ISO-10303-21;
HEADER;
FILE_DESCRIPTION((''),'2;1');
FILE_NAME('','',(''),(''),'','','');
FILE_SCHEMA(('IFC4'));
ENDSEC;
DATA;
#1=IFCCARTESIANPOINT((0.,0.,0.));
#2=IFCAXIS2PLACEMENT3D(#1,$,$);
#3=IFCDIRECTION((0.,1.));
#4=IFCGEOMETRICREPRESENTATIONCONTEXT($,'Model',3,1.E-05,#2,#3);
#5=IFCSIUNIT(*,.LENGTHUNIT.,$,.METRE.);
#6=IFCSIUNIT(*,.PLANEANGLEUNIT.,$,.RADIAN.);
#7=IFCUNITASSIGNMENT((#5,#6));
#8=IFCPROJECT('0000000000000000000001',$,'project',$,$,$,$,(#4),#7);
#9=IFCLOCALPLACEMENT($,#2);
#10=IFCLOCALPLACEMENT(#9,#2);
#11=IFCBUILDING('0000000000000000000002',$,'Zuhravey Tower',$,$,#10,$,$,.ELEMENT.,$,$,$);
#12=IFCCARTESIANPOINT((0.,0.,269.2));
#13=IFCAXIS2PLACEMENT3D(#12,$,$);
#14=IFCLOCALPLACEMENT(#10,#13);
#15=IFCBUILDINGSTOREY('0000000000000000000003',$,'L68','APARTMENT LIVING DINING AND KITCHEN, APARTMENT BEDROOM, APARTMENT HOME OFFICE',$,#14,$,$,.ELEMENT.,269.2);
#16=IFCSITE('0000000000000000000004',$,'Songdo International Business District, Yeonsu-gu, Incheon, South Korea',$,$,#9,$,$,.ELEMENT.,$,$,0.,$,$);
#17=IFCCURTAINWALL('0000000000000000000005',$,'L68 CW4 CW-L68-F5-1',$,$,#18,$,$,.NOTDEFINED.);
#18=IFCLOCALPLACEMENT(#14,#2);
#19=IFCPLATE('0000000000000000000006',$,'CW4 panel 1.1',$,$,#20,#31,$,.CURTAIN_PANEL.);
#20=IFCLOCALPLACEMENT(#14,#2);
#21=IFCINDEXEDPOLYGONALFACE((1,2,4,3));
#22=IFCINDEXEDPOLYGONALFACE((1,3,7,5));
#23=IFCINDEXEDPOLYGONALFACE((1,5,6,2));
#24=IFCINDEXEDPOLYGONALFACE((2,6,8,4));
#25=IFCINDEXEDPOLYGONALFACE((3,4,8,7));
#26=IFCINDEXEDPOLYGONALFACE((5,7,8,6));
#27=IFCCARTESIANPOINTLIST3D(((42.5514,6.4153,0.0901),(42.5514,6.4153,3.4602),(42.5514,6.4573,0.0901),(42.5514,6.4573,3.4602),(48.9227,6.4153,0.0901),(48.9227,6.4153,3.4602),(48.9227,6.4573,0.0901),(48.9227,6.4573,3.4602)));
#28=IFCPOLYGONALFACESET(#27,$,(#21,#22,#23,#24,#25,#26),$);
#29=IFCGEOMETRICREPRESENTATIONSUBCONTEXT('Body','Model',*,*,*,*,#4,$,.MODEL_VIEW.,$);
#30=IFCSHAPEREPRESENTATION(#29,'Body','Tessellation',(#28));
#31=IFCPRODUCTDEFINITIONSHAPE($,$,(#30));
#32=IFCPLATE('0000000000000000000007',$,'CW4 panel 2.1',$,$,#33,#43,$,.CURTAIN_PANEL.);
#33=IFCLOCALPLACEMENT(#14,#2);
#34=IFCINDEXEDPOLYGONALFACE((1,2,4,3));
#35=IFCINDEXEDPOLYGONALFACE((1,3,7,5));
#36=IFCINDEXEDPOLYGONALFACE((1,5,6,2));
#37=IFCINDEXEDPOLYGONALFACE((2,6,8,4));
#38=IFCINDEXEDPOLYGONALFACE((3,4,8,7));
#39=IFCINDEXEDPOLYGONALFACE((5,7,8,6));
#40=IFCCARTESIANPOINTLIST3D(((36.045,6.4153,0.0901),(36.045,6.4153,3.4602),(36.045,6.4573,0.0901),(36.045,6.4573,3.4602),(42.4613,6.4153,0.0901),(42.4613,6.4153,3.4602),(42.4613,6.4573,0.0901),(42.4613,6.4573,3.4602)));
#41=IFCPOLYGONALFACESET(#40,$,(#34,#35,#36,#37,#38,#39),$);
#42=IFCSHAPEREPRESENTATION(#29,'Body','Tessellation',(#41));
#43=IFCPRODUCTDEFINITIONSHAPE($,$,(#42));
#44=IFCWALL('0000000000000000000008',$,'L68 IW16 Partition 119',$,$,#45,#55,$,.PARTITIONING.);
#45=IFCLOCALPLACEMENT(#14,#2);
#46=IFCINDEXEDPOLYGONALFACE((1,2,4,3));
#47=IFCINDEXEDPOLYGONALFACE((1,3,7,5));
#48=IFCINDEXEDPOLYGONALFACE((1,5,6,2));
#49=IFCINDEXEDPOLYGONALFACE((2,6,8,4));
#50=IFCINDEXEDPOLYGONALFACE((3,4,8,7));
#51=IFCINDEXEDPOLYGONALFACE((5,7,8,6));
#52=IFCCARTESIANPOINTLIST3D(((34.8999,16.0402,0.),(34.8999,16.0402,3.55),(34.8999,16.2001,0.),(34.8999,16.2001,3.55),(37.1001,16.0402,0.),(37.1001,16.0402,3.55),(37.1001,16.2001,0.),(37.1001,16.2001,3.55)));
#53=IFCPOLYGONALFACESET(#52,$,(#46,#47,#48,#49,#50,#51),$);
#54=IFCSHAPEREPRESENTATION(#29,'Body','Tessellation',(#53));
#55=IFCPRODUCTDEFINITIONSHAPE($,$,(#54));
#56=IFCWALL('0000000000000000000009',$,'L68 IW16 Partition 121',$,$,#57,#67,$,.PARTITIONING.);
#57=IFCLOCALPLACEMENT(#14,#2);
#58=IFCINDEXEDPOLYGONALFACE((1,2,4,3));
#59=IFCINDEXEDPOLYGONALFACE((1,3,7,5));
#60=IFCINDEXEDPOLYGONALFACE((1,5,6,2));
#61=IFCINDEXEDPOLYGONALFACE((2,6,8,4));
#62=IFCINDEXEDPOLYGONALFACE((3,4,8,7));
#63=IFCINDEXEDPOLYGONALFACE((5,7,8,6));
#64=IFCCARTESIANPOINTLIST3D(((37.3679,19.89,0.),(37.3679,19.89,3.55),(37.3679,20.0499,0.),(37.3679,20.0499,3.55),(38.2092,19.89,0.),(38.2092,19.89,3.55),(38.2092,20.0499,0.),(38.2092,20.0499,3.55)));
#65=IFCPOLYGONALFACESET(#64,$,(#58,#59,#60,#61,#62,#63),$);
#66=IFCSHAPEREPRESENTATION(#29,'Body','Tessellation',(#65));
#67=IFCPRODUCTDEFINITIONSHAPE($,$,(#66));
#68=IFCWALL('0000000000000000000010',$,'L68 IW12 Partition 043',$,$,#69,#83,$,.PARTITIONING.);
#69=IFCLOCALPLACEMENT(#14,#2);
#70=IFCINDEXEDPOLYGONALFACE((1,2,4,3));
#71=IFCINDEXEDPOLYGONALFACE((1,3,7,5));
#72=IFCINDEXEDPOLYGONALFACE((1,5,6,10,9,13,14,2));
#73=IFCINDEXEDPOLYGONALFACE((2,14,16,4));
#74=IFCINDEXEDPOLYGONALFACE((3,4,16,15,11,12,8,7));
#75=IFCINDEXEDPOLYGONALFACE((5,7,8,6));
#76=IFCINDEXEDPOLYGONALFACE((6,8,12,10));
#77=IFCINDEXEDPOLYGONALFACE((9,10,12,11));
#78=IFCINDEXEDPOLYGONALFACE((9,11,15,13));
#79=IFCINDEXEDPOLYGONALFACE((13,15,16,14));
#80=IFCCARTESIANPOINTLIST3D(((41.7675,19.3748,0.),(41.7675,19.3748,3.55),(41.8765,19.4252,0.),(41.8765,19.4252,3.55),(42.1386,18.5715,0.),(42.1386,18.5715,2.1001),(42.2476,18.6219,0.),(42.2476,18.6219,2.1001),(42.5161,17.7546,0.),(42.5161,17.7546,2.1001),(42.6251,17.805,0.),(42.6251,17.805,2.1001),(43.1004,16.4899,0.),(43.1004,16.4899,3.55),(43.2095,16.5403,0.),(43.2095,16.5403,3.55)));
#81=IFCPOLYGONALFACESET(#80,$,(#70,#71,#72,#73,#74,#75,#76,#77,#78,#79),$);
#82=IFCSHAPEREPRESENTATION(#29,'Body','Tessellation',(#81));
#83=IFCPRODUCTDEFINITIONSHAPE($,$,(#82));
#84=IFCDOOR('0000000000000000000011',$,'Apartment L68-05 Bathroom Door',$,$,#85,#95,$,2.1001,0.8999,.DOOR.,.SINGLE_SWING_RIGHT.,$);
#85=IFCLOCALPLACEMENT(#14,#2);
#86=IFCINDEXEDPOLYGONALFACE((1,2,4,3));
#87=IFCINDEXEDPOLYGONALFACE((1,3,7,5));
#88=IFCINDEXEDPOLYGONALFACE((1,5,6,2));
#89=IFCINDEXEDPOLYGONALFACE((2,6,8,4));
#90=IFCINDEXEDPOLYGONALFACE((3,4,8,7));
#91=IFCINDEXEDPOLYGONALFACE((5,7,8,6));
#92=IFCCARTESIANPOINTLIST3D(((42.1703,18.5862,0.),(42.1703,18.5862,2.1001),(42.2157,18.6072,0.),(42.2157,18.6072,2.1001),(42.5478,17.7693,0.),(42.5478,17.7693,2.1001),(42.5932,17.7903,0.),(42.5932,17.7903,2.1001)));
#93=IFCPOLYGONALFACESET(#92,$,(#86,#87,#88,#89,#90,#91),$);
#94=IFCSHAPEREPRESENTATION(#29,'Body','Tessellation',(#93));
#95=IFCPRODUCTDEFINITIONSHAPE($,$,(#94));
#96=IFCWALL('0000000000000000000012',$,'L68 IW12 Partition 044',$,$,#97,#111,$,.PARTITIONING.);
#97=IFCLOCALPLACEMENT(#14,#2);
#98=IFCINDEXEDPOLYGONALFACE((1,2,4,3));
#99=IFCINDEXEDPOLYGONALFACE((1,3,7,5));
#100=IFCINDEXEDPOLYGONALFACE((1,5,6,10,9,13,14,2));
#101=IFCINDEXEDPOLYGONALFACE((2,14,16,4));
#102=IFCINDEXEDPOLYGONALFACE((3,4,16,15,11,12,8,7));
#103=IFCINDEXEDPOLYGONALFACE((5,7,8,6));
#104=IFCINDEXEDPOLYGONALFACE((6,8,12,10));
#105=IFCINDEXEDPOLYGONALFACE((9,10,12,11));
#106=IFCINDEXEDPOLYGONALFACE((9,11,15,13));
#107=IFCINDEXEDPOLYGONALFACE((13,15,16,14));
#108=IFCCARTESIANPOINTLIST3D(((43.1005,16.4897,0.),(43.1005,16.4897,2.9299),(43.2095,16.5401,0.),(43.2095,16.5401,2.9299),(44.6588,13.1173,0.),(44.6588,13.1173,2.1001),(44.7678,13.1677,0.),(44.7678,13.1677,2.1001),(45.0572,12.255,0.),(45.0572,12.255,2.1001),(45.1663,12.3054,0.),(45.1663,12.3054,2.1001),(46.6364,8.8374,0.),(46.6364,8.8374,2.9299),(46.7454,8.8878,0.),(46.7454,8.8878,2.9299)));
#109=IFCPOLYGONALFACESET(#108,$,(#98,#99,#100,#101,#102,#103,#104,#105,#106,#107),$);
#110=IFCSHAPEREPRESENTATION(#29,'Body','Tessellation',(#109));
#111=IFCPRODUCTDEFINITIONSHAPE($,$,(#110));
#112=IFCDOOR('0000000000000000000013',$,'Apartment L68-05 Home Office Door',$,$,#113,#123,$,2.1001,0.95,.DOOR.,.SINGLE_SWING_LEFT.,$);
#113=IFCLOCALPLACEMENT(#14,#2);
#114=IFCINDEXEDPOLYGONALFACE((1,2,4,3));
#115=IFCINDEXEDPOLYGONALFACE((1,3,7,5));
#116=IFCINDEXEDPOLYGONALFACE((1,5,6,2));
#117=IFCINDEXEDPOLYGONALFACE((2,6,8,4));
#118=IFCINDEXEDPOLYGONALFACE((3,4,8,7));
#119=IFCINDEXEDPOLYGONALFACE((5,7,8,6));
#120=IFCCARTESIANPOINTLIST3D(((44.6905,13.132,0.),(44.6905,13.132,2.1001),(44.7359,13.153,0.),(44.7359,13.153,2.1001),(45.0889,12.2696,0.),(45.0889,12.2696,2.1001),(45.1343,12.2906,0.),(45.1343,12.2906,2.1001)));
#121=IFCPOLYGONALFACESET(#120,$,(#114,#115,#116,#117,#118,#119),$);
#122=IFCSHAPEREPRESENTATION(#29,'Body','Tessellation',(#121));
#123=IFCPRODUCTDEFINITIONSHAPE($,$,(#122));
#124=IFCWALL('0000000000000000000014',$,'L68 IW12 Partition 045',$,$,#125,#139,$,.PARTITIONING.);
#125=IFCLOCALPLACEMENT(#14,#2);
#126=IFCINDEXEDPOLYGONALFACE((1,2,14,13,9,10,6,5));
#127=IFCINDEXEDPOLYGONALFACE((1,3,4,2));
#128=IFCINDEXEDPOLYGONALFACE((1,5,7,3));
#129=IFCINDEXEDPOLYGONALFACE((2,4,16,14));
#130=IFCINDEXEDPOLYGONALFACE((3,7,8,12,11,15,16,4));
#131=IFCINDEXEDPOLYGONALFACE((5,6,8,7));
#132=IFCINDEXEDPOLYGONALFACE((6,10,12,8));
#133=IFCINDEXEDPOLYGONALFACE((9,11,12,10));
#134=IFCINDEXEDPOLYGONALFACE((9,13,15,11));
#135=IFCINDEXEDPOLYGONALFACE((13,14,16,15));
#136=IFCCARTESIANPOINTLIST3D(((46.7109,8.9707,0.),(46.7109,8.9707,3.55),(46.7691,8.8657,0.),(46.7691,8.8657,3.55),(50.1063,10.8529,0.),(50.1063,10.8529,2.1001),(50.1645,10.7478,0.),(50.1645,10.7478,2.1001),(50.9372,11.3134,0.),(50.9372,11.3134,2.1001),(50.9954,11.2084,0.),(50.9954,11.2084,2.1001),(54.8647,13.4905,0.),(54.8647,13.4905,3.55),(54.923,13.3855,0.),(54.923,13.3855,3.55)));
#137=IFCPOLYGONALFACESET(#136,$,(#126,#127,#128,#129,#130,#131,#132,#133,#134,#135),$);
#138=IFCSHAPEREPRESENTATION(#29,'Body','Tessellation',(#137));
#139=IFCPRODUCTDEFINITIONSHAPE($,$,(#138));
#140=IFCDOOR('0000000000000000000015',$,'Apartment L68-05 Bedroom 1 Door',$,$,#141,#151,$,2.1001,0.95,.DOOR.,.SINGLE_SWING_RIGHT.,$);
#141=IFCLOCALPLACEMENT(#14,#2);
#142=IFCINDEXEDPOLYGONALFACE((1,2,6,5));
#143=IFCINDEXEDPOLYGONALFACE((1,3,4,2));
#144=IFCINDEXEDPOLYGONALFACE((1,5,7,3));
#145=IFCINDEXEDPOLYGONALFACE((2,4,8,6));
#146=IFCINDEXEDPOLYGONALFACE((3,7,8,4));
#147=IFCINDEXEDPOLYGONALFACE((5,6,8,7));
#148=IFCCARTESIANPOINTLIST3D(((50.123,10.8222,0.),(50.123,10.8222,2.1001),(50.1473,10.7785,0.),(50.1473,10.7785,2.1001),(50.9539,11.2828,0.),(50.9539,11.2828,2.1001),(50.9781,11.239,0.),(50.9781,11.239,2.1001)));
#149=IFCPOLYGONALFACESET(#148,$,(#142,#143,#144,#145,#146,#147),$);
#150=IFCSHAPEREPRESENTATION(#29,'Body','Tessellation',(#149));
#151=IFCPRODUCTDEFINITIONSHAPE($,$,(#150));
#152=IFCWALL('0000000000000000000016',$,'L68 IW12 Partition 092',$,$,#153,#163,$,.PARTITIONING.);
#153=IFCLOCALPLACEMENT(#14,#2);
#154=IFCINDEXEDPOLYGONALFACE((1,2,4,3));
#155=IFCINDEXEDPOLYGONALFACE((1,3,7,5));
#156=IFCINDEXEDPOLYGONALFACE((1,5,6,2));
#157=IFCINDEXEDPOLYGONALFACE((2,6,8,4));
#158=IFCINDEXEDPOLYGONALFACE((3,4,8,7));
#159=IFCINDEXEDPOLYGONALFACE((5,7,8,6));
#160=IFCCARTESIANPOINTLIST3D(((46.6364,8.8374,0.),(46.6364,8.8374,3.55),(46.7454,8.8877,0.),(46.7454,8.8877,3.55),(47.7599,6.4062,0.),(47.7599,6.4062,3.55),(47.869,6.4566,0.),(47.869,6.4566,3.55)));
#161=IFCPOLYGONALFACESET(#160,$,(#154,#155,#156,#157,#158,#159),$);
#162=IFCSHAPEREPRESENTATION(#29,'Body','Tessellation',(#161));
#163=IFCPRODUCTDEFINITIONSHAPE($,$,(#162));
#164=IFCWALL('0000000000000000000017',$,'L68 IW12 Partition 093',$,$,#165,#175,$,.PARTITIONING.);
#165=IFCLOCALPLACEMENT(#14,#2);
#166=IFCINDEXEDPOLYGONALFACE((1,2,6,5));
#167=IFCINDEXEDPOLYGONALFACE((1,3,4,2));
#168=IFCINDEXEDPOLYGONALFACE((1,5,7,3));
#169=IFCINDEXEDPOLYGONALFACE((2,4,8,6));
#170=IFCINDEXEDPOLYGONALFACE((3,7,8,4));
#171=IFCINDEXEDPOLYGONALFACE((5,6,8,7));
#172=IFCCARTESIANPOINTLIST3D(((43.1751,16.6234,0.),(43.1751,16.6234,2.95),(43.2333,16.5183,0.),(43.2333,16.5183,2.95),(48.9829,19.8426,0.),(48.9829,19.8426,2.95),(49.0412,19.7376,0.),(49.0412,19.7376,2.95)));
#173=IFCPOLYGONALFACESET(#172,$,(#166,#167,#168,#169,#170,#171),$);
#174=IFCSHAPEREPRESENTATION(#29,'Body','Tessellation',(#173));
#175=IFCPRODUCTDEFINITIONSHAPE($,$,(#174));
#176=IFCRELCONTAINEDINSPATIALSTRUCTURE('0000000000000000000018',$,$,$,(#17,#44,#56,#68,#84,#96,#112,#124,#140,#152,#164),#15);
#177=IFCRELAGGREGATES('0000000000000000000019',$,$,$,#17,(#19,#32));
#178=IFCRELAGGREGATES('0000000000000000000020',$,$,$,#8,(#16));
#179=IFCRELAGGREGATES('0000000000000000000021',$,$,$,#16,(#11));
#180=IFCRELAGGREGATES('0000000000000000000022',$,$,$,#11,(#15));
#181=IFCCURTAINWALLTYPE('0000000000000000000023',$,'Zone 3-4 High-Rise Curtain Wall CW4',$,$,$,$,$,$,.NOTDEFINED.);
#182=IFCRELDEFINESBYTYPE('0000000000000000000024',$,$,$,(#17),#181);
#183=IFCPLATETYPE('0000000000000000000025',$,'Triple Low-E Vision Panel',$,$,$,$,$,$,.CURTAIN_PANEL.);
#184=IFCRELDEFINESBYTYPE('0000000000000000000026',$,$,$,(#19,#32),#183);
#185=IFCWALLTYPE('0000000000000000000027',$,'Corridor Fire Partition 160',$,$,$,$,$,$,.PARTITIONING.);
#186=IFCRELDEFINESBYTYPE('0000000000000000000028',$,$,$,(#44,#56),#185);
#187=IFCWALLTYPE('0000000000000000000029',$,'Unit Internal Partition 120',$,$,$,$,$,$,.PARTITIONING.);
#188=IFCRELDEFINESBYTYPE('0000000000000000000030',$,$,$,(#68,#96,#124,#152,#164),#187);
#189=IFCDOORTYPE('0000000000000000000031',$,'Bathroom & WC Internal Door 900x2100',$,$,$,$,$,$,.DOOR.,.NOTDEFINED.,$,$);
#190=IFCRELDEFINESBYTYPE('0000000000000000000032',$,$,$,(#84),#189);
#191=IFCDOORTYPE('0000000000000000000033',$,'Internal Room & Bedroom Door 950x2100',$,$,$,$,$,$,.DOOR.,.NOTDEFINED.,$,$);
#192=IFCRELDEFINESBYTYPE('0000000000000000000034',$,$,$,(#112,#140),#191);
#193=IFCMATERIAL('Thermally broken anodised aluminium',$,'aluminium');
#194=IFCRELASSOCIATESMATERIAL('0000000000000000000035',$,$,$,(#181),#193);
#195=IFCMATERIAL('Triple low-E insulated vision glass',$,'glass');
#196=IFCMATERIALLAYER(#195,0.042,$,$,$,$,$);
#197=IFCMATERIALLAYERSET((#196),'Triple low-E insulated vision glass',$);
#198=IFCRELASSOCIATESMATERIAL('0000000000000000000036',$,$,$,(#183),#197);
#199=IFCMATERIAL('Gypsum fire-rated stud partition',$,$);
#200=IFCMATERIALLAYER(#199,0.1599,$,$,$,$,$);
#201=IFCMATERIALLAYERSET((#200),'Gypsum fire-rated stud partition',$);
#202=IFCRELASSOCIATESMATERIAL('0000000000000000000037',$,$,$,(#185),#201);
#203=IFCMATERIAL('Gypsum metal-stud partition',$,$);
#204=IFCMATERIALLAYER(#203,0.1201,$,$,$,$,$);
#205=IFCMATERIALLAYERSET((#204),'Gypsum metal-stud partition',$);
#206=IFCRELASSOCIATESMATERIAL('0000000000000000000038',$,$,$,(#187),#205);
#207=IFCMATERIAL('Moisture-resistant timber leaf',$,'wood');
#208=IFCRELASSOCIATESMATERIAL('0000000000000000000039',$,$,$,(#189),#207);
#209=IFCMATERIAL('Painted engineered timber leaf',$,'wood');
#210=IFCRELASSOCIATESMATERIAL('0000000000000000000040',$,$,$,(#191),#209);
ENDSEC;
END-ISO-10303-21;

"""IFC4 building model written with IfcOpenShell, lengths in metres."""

from ifc_helpers import new_model, si_unit, direction, frame, frame_2d, origin, origin_2d, place, context, subcontext, project, spatial, rectangle, extrude, material, layer, layer_set, type_object, element, fill, aggregate, save


model = new_model("IFC4")

# Units and contexts
model_context = context("Model", 3, precision=1e-05, world=origin(), true_north=direction((0.0, 1.0)))
body_context = subcontext(model_context, "Body", "Model", "MODEL_VIEW")
ifc_project = project(units=[si_unit("LENGTHUNIT", "METRE"), si_unit("PLANEANGLEUNIT", "RADIAN")], contexts=[model_context])

# Site, building, storey
site_placement = place(None, origin())
site = spatial("IfcSite", under=ifc_project, at=site_placement, Name="Songdo International Business District, Yeonsu-gu, Incheon, South Korea", CompositionType="ELEMENT", RefElevation=0.0)
building_placement = place(site_placement, origin())
building = spatial("IfcBuilding", under=site, at=building_placement, Name="Zuhravey Tower", CompositionType="ELEMENT")
storey_placement = place(building_placement, frame((0.0, 0.0, 269.2)))
storey = spatial("IfcBuildingStorey", under=building, at=storey_placement, Name="L68", Description="APARTMENT LIVING DINING AND KITCHEN, APARTMENT BEDROOM, APARTMENT HOME OFFICE", CompositionType="ELEMENT", Elevation=269.2)

# Curtain wall
ifc_material_1 = material(Name="Thermally broken anodised aluminium", Category="aluminium")
curtain_wall_type = type_object("IfcCurtainWallType", Name="Zone 3-4 High-Rise Curtain Wall CW4", PredefinedType="NOTDEFINED", material=ifc_material_1)
curtain_wall_placement = place(storey_placement, origin())
curtain_wall = element("IfcCurtainWall", 1, at=curtain_wall_placement, inside=storey, type_object=curtain_wall_type, Name="L68 CW4 CW-L68-F5-1", PredefinedType="NOTDEFINED")

# Plates
ifc_material_2 = material(Name="Triple low-E insulated vision glass", Category="glass")
ifc_layer_1 = layer(ifc_material_2, 0.042)
ifc_layer_set_1 = layer_set([ifc_layer_1], Name="Triple low-E insulated vision glass")
plate_type_1 = type_object("IfcPlateType", Name="Triple Low-E Vision Panel", PredefinedType="CURTAIN_PANEL", material=ifc_layer_set_1)
plate_1_placement = place(storey_placement, frame((45.7371, 6.4363, 0.0901), z_axis=(0.0, 0.0, 1.0), x_axis=(-1.0, 0.0, 0.0)))
plate_1 = element("IfcPlate", 2, at=plate_1_placement, type_object=plate_type_1, Name="CW4 panel 1.1", PredefinedType="CURTAIN_PANEL", context=body_context, shape_type="SweptSolid", body=[
    extrude(rectangle(XDim=6.3713, YDim=0.042, at=origin_2d()), origin(), (0.0, 0.0, 1.0), 3.3701),
])
plate_2_placement = place(storey_placement, frame((39.2532, 6.4363, 0.0901), z_axis=(0.0, 0.0, 1.0), x_axis=(-1.0, 0.0, 0.0)))
plate_2 = element("IfcPlate", 3, at=plate_2_placement, type_object=plate_type_1, Name="CW4 panel 2.1", PredefinedType="CURTAIN_PANEL", context=body_context, shape_type="SweptSolid", body=[
    extrude(rectangle(XDim=6.4163, YDim=0.042, at=origin_2d()), origin(), (0.0, 0.0, 1.0), 3.3701),
])
aggregate(curtain_wall, [plate_1, plate_2])

# Shared definitions
ifc_material_3 = material(Name="Gypsum fire-rated stud partition")
ifc_layer_2 = layer(ifc_material_3, 0.1599)
ifc_layer_set_2 = layer_set([ifc_layer_2], Name="Gypsum fire-rated stud partition")
wall_type_1 = type_object("IfcWallType", Name="Corridor Fire Partition 160", PredefinedType="PARTITIONING", material=ifc_layer_set_2)

# Walls
wall_1_placement = place(storey_placement, frame((34.8999, 16.1201, 0.0), z_axis=(0.0, 0.0, 1.0), x_axis=(1.0, 0.0, 0.0)))
element("IfcWall", 4, at=wall_1_placement, inside=storey, type_object=wall_type_1, Name="L68 IW16 Partition 119", PredefinedType="PARTITIONING", context=body_context, shape_type="SweptSolid", body=[
    extrude(rectangle(XDim=2.2002, YDim=0.1599, at=frame_2d((1.1001, 0.0))), origin(), (0.0, 0.0, 1.0), 3.55),
])
wall_2_placement = place(storey_placement, frame((37.3679, 19.97, 0.0), z_axis=(0.0, 0.0, 1.0), x_axis=(1.0, 0.0, 0.0)))
element("IfcWall", 5, at=wall_2_placement, inside=storey, type_object=wall_type_1, Name="L68 IW16 Partition 121", PredefinedType="PARTITIONING", context=body_context, shape_type="SweptSolid", body=[
    extrude(rectangle(XDim=0.8413, YDim=0.1599, at=frame_2d((0.4207, 0.0))), origin(), (0.0, 0.0, 1.0), 3.55),
])

# Walls, openings, doors
ifc_material_4 = material(Name="Gypsum metal-stud partition")
ifc_layer_3 = layer(ifc_material_4, 0.1201)
ifc_layer_set_3 = layer_set([ifc_layer_3], Name="Gypsum metal-stud partition")
wall_type_2 = type_object("IfcWallType", Name="Unit Internal Partition 120", PredefinedType="PARTITIONING", material=ifc_layer_set_3)
wall_3_placement = place(storey_placement, frame((41.822, 19.3999, 0.0), z_axis=(0.0, 0.0, 1.0), x_axis=(0.419438, -0.907784, 0.0)))
wall_3 = element("IfcWall", 6, at=wall_3_placement, inside=storey, type_object=wall_type_2, Name="L68 IW12 Partition 043", PredefinedType="PARTITIONING", context=body_context, shape_type="SweptSolid", body=[
    extrude(rectangle(XDim=3.178, YDim=0.1201, at=frame_2d((1.5889, 0.0))), origin(), (0.0, 0.0, 1.0), 3.55),
])
opening_1_placement = place(wall_3_placement, frame((0.8848, 0.0, 0.0)))
opening_1 = element("IfcOpeningElement", 7, at=opening_1_placement, cuts=wall_3, PredefinedType="OPENING", context=body_context, shape_type="SweptSolid", body=[
    extrude(rectangle(XDim=0.8999, YDim=2.1001, at=frame_2d((0.45, 1.05))), frame((0.0, 0.072, 0.0), z_axis=(0.0, -1.0, 0.0), x_axis=(1.0, 0.0, 0.0)), (0.0, 0.0, 1.0), 0.144),
])
ifc_material_5 = material(Name="Moisture-resistant timber leaf", Category="wood")
door_type_1 = type_object("IfcDoorType", Name="Bathroom & WC Internal Door 900x2100", OperationType="NOTDEFINED", PredefinedType="DOOR", material=ifc_material_5)
door_1_placement = place(opening_1_placement, origin())
door_1 = element("IfcDoor", 8, at=door_1_placement, inside=storey, type_object=door_type_1, Name="Apartment L68-05 Bathroom Door", OperationType="SINGLE_SWING_RIGHT", OverallHeight=2.1001, OverallWidth=0.8999, PredefinedType="DOOR", context=body_context, shape_type="SweptSolid", body=[
    extrude(rectangle(XDim=0.8999, YDim=2.1001, at=frame_2d((0.45, 1.05))), frame((0.0, 0.0249, 0.0), z_axis=(0.0, -1.0, 0.0), x_axis=(1.0, 0.0, 0.0)), (0.0, 0.0, 1.0), 0.05),
])
fill(opening_1, door_1)
wall_4_placement = place(storey_placement, frame((43.155, 16.5149, 0.0), z_axis=(0.0, 0.0, 1.0), x_axis=(0.419453, -0.907777, 0.0)))
wall_4 = element("IfcWall", 9, at=wall_4_placement, inside=storey, type_object=wall_type_2, Name="L68 IW12 Partition 044", PredefinedType="PARTITIONING", context=body_context, shape_type="SweptSolid", body=[
    extrude(rectangle(XDim=8.4297, YDim=0.1201, at=frame_2d((4.2148, 0.0))), origin(), (0.0, 0.0, 1.0), 2.9299),
])
opening_2_placement = place(wall_4_placement, frame((3.7148, 0.0, 0.0)))
opening_2 = element("IfcOpeningElement", 10, at=opening_2_placement, cuts=wall_4, PredefinedType="OPENING", context=body_context, shape_type="SweptSolid", body=[
    extrude(rectangle(XDim=0.95, YDim=2.1001, at=frame_2d((0.4751, 1.05))), frame((0.0, 0.072, 0.0), z_axis=(0.0, -1.0, 0.0), x_axis=(1.0, 0.0, 0.0)), (0.0, 0.0, 1.0), 0.144),
])
ifc_material_6 = material(Name="Painted engineered timber leaf", Category="wood")
door_type_2 = type_object("IfcDoorType", Name="Internal Room & Bedroom Door 950x2100", OperationType="NOTDEFINED", PredefinedType="DOOR", material=ifc_material_6)
door_2_placement = place(opening_2_placement, origin())
door_2 = element("IfcDoor", 11, at=door_2_placement, inside=storey, type_object=door_type_2, Name="Apartment L68-05 Home Office Door", OperationType="SINGLE_SWING_LEFT", OverallHeight=2.1001, OverallWidth=0.95, PredefinedType="DOOR", context=body_context, shape_type="SweptSolid", body=[
    extrude(rectangle(XDim=0.95, YDim=2.1001, at=frame_2d((0.4751, 1.05))), frame((0.0, 0.0249, 0.0), z_axis=(0.0, -1.0, 0.0), x_axis=(1.0, 0.0, 0.0)), (0.0, 0.0, 1.0), 0.05),
])
fill(opening_2, door_2)
wall_5_placement = place(storey_placement, frame((46.74, 8.9182, 0.0), z_axis=(0.0, 0.0, 1.0), x_axis=(0.874618, 0.484813, 0.0)))
wall_5 = element("IfcWall", 12, at=wall_5_placement, inside=storey, type_object=wall_type_2, Name="L68 IW12 Partition 045", PredefinedType="PARTITIONING", context=body_context, shape_type="SweptSolid", body=[
    extrude(rectangle(XDim=9.3228, YDim=0.1201, at=frame_2d((4.6614, 0.0))), origin(), (0.0, 0.0, 1.0), 3.55),
])
opening_3_placement = place(wall_5_placement, frame((3.8821, 0.0, 0.0)))
opening_3 = element("IfcOpeningElement", 13, at=opening_3_placement, cuts=wall_5, PredefinedType="OPENING", context=body_context, shape_type="SweptSolid", body=[
    extrude(rectangle(XDim=0.95, YDim=2.1001, at=frame_2d((0.4751, 1.05))), frame((0.0, 0.072, 0.0), z_axis=(0.0, -1.0, 0.0), x_axis=(1.0, 0.0, 0.0)), (0.0, 0.0, 1.0), 0.144),
])
door_3_placement = place(opening_3_placement, frame((0.95, 0.0, 0.0), z_axis=(0.0, 0.0, 1.0), x_axis=(-1.0, 0.0, 0.0)))
door_3 = element("IfcDoor", 14, at=door_3_placement, inside=storey, type_object=door_type_2, Name="Apartment L68-05 Bedroom 1 Door", OperationType="SINGLE_SWING_RIGHT", OverallHeight=2.1001, OverallWidth=0.95, PredefinedType="DOOR", context=body_context, shape_type="SweptSolid", body=[
    extrude(rectangle(XDim=0.95, YDim=2.1001, at=frame_2d((0.4751, 1.05))), frame((0.0, 0.0249, 0.0), z_axis=(0.0, -1.0, 0.0), x_axis=(1.0, 0.0, 0.0)), (0.0, 0.0, 1.0), 0.05),
])
fill(opening_3, door_3)

# Walls
wall_6_placement = place(storey_placement, frame((46.6909, 8.8625, 0.0), z_axis=(0.0, 0.0, 1.0), x_axis=(0.419509, -0.907751, 0.0)))
element("IfcWall", 15, at=wall_6_placement, inside=storey, type_object=wall_type_2, Name="L68 IW12 Partition 092", PredefinedType="PARTITIONING", context=body_context, shape_type="SweptSolid", body=[
    extrude(rectangle(XDim=2.6782, YDim=0.1201, at=frame_2d((1.3391, 0.0))), origin(), (0.0, 0.0, 1.0), 3.55),
])
wall_7_placement = place(storey_placement, frame((43.2041, 16.5708, 0.0), z_axis=(0.0, 0.0, 1.0), x_axis=(0.874627, 0.484797, 0.0)))
element("IfcWall", 16, at=wall_7_placement, inside=storey, type_object=wall_type_2, Name="L68 IW12 Partition 093", PredefinedType="PARTITIONING", context=body_context, shape_type="SweptSolid", body=[
    extrude(rectangle(XDim=6.6404, YDim=0.1201, at=frame_2d((3.3203, 0.0))), origin(), (0.0, 0.0, 1.0), 2.95),
])

save(model, "model.ifc")
